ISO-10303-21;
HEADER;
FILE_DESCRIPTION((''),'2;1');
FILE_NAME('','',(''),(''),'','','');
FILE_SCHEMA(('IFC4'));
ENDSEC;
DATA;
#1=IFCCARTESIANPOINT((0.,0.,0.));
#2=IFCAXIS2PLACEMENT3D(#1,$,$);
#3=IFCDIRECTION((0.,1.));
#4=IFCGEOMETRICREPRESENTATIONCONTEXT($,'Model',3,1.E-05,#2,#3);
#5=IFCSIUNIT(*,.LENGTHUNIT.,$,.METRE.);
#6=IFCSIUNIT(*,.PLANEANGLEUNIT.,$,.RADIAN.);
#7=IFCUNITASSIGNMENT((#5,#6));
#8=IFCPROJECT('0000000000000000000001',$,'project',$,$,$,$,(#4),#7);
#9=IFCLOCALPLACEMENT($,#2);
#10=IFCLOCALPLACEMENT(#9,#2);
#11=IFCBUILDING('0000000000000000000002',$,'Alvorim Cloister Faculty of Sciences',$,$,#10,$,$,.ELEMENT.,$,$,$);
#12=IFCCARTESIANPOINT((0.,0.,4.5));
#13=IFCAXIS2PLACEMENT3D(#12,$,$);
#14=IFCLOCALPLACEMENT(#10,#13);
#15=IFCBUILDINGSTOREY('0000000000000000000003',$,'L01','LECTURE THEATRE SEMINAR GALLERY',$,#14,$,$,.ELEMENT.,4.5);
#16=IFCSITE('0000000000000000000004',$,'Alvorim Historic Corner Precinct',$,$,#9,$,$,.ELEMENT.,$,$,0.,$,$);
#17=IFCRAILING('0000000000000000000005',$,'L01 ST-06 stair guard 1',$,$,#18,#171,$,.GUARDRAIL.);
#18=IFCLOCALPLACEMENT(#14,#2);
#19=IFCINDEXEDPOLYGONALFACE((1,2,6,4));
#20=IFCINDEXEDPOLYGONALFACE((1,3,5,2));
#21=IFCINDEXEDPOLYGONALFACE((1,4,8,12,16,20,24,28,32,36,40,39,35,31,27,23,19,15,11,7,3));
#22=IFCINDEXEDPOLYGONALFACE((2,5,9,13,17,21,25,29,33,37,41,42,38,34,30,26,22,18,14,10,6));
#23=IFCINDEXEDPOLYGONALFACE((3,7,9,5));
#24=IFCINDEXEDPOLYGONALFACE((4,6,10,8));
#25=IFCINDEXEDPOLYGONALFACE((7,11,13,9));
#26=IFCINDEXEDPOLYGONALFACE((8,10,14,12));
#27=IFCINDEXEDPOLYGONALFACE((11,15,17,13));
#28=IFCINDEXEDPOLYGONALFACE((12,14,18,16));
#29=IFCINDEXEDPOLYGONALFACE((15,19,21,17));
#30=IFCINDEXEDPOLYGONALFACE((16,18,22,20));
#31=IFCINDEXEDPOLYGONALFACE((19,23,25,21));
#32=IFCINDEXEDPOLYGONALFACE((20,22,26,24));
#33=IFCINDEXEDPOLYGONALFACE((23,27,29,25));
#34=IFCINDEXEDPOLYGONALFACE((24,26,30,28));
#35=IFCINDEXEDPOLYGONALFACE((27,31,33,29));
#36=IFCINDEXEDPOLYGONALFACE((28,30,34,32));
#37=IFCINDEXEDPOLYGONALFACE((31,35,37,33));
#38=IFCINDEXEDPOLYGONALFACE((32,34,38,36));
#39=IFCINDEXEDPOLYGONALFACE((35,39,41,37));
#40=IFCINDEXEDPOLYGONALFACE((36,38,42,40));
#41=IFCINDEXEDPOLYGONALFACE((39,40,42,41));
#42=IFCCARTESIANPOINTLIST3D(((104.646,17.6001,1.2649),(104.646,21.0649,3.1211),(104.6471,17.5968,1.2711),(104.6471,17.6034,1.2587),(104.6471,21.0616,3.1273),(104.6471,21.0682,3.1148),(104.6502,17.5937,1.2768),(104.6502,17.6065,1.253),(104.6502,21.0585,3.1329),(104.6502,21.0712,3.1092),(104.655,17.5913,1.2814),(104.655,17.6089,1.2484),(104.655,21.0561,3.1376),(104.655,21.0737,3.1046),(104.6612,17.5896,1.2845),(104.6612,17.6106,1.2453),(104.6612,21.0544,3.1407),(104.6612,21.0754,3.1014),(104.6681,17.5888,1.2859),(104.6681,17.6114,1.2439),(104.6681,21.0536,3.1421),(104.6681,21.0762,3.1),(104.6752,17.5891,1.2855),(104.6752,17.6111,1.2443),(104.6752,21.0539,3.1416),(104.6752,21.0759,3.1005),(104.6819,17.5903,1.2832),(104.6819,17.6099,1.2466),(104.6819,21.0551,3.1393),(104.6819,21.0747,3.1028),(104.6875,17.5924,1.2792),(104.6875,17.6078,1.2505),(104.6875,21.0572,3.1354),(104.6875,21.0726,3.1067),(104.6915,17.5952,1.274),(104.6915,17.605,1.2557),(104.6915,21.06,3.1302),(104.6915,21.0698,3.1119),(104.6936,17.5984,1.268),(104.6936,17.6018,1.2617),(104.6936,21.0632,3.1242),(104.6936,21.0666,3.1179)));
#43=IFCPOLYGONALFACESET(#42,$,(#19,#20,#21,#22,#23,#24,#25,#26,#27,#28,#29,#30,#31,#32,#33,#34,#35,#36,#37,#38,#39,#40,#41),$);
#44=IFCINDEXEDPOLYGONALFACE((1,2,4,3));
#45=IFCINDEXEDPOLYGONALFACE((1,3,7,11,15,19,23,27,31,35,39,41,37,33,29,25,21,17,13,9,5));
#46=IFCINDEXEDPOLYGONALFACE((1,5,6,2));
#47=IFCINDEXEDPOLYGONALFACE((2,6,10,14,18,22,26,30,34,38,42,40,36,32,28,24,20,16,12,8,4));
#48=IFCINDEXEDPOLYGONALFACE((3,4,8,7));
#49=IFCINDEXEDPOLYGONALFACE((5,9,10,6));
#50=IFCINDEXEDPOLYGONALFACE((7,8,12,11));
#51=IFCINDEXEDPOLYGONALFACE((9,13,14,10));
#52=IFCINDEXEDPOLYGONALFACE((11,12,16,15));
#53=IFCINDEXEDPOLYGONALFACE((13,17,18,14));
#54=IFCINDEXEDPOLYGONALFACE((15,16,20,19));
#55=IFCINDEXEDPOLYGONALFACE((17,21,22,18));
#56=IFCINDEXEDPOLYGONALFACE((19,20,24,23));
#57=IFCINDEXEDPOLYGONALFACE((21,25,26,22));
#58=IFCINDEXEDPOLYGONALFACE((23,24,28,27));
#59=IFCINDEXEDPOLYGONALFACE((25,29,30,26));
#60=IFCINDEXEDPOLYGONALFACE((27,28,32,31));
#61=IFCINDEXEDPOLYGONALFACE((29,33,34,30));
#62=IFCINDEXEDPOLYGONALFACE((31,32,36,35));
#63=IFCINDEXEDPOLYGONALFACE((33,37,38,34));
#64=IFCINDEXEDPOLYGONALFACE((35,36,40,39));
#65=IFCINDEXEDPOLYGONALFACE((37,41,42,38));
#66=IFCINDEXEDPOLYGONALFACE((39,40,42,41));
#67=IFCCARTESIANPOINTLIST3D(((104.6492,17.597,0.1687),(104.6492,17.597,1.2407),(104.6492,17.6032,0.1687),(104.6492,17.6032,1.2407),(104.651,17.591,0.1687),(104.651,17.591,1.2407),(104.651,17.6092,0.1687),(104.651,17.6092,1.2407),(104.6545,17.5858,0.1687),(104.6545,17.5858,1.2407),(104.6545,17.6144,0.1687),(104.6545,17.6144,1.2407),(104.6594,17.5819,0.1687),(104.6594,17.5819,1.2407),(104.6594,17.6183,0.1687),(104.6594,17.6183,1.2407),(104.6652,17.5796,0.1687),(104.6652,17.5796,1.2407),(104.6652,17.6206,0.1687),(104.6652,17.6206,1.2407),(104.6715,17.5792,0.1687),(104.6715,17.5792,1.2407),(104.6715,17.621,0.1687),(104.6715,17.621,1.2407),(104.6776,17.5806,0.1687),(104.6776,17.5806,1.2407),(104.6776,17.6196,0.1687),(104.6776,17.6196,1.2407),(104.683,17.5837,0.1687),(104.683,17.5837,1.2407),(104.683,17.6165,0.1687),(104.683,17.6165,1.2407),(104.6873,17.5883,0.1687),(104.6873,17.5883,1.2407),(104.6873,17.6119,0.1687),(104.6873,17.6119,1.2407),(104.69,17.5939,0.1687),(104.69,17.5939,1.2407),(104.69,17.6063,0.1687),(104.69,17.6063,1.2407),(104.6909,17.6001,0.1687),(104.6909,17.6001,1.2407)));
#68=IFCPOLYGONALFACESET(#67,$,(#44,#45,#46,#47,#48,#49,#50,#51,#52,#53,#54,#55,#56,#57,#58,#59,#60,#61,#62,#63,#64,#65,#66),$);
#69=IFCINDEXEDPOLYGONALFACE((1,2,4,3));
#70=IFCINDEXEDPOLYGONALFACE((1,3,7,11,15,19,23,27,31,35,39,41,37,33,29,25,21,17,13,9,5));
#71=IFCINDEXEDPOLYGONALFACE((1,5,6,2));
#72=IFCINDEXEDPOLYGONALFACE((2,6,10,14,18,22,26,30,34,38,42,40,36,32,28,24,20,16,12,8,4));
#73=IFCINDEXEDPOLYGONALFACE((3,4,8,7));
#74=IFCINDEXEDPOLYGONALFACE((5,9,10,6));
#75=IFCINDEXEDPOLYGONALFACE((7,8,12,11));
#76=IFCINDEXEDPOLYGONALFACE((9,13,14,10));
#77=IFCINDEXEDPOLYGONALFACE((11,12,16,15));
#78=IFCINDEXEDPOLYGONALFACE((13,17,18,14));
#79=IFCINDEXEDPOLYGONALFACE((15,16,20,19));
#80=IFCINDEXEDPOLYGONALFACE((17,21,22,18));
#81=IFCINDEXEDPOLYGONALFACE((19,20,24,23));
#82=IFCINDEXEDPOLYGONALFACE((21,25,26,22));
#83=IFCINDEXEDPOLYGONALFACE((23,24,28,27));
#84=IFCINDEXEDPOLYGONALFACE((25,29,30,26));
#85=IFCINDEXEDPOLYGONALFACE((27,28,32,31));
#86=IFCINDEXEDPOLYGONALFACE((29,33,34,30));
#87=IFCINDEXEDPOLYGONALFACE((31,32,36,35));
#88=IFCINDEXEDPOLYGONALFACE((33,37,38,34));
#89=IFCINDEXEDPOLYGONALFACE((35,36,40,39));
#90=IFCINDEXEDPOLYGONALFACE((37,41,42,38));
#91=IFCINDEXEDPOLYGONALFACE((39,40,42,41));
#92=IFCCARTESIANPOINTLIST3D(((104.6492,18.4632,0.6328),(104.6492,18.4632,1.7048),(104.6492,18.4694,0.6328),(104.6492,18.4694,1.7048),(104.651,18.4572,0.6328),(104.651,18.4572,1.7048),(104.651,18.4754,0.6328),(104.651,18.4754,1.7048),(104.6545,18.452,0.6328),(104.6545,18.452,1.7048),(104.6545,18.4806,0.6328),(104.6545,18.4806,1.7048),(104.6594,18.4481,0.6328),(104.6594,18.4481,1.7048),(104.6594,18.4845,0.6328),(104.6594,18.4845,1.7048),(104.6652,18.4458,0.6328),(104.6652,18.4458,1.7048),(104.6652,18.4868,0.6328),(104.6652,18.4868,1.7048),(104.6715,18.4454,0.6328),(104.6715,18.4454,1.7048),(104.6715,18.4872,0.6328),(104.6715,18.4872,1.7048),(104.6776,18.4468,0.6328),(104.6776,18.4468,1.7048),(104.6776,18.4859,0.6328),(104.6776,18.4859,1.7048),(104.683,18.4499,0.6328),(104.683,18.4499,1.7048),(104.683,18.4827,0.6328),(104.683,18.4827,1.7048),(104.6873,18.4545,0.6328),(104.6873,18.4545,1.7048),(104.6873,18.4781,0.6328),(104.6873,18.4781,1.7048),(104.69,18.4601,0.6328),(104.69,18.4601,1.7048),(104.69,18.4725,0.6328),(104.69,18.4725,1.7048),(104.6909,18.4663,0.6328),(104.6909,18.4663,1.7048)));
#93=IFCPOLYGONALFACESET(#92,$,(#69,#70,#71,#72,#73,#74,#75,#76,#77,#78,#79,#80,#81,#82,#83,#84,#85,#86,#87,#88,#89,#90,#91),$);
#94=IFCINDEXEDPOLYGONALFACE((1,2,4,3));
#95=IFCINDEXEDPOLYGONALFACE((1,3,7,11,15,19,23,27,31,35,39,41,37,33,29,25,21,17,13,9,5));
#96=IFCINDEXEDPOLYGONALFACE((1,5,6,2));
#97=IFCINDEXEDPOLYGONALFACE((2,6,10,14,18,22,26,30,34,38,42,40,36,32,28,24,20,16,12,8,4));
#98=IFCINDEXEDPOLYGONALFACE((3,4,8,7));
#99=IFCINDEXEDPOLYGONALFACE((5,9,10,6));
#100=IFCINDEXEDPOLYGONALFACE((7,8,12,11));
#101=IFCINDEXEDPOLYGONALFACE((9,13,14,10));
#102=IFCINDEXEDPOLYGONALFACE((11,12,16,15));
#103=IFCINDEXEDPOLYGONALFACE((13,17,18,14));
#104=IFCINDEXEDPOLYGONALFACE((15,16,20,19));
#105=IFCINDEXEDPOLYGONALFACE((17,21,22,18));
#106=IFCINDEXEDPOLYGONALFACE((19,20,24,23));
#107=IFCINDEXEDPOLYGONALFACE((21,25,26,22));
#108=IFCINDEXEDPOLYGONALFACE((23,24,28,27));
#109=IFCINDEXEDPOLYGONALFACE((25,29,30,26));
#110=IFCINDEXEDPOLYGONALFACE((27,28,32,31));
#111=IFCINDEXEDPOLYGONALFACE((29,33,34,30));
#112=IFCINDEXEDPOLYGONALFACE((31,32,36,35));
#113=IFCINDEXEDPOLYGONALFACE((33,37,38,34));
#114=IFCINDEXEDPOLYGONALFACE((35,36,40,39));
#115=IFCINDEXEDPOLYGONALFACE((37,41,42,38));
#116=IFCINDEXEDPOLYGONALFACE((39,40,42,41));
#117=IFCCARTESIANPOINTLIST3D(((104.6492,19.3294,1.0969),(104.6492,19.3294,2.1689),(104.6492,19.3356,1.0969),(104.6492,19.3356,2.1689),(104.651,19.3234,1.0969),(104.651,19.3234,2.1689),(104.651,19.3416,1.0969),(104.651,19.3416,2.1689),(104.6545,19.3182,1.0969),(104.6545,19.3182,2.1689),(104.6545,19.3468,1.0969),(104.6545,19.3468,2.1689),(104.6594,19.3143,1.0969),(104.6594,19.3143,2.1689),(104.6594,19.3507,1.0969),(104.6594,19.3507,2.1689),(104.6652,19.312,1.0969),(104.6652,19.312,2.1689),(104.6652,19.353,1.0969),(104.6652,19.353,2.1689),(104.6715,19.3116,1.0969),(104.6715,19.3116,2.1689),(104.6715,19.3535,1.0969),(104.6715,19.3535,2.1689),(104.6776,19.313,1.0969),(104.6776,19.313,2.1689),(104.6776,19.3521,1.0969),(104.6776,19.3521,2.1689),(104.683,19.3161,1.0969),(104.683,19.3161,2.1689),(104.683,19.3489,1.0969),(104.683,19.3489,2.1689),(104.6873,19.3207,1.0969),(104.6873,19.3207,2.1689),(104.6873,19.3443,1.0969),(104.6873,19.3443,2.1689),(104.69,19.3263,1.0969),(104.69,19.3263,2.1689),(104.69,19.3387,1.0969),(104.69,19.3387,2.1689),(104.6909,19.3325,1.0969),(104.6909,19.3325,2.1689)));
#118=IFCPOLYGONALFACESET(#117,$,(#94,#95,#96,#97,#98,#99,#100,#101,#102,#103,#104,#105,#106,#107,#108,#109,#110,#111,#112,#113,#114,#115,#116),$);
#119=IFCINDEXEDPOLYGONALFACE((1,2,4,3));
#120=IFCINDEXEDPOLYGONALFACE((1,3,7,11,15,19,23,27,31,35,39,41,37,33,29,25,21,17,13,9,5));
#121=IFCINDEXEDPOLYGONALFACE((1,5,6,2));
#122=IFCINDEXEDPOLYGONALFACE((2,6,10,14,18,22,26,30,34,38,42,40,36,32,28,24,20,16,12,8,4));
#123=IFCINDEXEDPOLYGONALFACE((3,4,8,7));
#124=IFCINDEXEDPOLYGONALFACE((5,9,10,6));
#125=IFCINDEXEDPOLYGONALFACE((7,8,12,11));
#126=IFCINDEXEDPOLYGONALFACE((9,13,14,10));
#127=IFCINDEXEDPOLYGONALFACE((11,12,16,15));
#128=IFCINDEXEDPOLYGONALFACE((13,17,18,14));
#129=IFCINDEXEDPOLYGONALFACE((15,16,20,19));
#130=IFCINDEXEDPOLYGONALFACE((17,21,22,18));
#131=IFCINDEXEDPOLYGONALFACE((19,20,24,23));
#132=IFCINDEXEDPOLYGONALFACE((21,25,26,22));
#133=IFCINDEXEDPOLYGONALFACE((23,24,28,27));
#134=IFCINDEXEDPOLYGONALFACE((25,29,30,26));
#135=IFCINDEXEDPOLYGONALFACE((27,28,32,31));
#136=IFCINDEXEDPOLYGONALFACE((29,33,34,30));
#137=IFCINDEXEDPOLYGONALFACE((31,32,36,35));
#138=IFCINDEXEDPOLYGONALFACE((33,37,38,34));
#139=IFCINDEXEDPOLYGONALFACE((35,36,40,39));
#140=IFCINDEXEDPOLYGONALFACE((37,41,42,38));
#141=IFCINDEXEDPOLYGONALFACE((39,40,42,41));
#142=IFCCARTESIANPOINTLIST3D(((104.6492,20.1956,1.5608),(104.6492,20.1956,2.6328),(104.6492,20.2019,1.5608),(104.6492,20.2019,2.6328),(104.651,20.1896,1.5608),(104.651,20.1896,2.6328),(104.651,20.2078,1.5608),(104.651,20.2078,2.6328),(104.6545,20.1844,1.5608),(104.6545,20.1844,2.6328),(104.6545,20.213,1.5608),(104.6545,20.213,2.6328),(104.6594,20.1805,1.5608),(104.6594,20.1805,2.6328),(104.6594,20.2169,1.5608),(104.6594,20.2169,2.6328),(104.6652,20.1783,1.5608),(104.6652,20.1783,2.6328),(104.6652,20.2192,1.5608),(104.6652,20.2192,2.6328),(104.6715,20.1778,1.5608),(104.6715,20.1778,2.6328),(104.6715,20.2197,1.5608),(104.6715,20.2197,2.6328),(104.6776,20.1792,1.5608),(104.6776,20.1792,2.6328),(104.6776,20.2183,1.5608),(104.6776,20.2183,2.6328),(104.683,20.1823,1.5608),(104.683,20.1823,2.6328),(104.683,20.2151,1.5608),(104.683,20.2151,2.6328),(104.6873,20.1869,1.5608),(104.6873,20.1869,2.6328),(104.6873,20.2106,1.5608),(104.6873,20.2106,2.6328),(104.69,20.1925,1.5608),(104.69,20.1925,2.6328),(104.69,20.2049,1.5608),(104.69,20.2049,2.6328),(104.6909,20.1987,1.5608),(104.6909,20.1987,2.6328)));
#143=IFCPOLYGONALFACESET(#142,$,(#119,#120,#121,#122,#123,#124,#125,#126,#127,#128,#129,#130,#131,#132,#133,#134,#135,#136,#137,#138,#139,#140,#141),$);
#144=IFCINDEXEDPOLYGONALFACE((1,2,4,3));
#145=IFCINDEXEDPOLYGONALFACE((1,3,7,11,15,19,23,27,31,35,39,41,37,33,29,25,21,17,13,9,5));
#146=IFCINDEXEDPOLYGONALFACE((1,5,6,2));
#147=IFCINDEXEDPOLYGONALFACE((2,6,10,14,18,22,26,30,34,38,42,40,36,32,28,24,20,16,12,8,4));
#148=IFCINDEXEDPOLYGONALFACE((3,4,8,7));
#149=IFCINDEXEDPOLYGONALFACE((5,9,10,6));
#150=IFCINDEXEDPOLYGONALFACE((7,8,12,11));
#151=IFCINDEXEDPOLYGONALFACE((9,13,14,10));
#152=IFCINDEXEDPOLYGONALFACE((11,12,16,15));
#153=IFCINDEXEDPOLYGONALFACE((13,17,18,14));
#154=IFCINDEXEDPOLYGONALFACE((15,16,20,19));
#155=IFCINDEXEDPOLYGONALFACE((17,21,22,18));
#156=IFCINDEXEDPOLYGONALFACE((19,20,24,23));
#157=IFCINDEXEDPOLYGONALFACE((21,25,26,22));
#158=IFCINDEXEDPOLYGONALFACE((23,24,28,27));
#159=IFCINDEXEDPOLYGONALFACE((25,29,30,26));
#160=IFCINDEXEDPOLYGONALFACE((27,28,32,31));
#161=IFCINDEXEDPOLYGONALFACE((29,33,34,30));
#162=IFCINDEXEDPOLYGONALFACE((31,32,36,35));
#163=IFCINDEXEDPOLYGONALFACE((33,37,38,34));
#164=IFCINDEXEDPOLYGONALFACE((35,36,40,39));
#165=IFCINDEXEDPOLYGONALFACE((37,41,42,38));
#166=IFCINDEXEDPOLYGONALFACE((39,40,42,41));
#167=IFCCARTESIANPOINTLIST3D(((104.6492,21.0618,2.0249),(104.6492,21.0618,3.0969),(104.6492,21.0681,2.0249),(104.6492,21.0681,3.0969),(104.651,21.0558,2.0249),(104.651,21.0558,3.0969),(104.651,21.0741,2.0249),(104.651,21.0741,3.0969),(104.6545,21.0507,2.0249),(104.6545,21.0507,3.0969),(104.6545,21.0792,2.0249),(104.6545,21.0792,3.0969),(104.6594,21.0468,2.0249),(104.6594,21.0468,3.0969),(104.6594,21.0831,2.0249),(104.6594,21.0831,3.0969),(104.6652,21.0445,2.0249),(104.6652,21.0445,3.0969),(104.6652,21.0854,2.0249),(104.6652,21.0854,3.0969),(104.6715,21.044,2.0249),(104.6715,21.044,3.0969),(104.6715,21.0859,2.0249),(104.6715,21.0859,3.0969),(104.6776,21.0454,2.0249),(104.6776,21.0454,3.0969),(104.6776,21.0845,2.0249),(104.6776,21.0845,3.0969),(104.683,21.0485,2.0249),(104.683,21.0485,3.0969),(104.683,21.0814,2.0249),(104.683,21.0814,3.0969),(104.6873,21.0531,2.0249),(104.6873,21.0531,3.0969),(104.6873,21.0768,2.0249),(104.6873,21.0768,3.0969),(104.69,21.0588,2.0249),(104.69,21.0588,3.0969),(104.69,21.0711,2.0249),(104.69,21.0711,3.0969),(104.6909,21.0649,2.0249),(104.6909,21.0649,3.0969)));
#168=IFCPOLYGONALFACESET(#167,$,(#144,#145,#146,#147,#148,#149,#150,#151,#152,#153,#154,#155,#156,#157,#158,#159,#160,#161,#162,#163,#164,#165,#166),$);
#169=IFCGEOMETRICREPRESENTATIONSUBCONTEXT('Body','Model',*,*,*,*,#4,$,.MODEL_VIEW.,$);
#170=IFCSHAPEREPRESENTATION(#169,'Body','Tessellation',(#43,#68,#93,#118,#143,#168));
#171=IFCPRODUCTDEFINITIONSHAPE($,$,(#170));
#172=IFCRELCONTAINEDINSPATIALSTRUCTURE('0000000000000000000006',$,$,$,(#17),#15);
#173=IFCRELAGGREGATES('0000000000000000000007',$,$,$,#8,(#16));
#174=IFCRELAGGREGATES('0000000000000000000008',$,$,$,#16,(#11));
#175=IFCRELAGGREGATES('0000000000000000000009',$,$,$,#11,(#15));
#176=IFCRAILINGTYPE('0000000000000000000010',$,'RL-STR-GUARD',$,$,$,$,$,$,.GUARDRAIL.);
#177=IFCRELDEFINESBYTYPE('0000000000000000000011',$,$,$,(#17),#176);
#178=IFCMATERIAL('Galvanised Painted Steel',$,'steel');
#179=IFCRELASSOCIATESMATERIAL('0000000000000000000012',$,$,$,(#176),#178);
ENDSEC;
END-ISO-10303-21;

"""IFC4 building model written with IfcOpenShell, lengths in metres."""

from ifc_helpers import new_model, si_unit, direction, frame, origin, origin_2d, place, context, subcontext, project, spatial, circle, extrude, material, type_object, element, save


model = new_model("IFC4")

# Units and contexts
model_context = context("Model", 3, precision=1e-05, world=origin(), true_north=direction((0.0, 1.0)))
body_context = subcontext(model_context, "Body", "Model", "MODEL_VIEW")
ifc_project = project(units=[si_unit("LENGTHUNIT", "METRE"), si_unit("PLANEANGLEUNIT", "RADIAN")], contexts=[model_context])

# Site, building, storey
site_placement = place(None, origin())
site = spatial("IfcSite", under=ifc_project, at=site_placement, Name="Alvorim Historic Corner Precinct", CompositionType="ELEMENT", RefElevation=0.0)
building_placement = place(site_placement, origin())
building = spatial("IfcBuilding", under=site, at=building_placement, Name="Alvorim Cloister Faculty of Sciences", CompositionType="ELEMENT")
storey_placement = place(building_placement, frame((0.0, 0.0, 4.5)))
storey = spatial("IfcBuildingStorey", under=building, at=storey_placement, Name="L01", Description="LECTURE THEATRE SEMINAR GALLERY", CompositionType="ELEMENT", Elevation=4.5)

# Railing
ifc_material_1 = material(Name="Galvanised Painted Steel", Category="steel")
railing_type_1 = type_object("IfcRailingType", Name="RL-STR-GUARD", PredefinedType="GUARDRAIL", material=ifc_material_1)
railing_1_placement = place(storey_placement, frame((104.6699, 17.6001, 0.1687)))
element("IfcRailing", 1, at=railing_1_placement, inside=storey, type_object=railing_type_1, Name="L01 ST-06 stair guard 1", PredefinedType="GUARDRAIL", context=body_context, shape_type="SweptSolid", body=[
    extrude(circle(Radius=0.0239, at=origin_2d()), frame((0.0, 0.0, 1.0962), z_axis=(0.0, 0.881476, 0.472228), x_axis=(-1.0, 0.0, 0.0)), (0.0, 0.0, 1.0), 3.9307),
    extrude(circle(Radius=0.021, at=origin_2d()), origin(), (0.0, 0.0, 1.0), 1.072),
    extrude(circle(Radius=0.021, at=origin_2d()), frame((0.0, 0.8662, 0.4641)), (0.0, 0.0, 1.0), 1.072),
    extrude(circle(Radius=0.021, at=origin_2d()), frame((0.0, 1.7324, 0.9282)), (0.0, 0.0, 1.0), 1.072),
    extrude(circle(Radius=0.021, at=origin_2d()), frame((0.0, 2.5986, 1.3921)), (0.0, 0.0, 1.0), 1.072),
    extrude(circle(Radius=0.021, at=origin_2d()), frame((0.0, 3.4648, 1.8562)), (0.0, 0.0, 1.0), 1.072),
])

save(model, "model.ifc")
